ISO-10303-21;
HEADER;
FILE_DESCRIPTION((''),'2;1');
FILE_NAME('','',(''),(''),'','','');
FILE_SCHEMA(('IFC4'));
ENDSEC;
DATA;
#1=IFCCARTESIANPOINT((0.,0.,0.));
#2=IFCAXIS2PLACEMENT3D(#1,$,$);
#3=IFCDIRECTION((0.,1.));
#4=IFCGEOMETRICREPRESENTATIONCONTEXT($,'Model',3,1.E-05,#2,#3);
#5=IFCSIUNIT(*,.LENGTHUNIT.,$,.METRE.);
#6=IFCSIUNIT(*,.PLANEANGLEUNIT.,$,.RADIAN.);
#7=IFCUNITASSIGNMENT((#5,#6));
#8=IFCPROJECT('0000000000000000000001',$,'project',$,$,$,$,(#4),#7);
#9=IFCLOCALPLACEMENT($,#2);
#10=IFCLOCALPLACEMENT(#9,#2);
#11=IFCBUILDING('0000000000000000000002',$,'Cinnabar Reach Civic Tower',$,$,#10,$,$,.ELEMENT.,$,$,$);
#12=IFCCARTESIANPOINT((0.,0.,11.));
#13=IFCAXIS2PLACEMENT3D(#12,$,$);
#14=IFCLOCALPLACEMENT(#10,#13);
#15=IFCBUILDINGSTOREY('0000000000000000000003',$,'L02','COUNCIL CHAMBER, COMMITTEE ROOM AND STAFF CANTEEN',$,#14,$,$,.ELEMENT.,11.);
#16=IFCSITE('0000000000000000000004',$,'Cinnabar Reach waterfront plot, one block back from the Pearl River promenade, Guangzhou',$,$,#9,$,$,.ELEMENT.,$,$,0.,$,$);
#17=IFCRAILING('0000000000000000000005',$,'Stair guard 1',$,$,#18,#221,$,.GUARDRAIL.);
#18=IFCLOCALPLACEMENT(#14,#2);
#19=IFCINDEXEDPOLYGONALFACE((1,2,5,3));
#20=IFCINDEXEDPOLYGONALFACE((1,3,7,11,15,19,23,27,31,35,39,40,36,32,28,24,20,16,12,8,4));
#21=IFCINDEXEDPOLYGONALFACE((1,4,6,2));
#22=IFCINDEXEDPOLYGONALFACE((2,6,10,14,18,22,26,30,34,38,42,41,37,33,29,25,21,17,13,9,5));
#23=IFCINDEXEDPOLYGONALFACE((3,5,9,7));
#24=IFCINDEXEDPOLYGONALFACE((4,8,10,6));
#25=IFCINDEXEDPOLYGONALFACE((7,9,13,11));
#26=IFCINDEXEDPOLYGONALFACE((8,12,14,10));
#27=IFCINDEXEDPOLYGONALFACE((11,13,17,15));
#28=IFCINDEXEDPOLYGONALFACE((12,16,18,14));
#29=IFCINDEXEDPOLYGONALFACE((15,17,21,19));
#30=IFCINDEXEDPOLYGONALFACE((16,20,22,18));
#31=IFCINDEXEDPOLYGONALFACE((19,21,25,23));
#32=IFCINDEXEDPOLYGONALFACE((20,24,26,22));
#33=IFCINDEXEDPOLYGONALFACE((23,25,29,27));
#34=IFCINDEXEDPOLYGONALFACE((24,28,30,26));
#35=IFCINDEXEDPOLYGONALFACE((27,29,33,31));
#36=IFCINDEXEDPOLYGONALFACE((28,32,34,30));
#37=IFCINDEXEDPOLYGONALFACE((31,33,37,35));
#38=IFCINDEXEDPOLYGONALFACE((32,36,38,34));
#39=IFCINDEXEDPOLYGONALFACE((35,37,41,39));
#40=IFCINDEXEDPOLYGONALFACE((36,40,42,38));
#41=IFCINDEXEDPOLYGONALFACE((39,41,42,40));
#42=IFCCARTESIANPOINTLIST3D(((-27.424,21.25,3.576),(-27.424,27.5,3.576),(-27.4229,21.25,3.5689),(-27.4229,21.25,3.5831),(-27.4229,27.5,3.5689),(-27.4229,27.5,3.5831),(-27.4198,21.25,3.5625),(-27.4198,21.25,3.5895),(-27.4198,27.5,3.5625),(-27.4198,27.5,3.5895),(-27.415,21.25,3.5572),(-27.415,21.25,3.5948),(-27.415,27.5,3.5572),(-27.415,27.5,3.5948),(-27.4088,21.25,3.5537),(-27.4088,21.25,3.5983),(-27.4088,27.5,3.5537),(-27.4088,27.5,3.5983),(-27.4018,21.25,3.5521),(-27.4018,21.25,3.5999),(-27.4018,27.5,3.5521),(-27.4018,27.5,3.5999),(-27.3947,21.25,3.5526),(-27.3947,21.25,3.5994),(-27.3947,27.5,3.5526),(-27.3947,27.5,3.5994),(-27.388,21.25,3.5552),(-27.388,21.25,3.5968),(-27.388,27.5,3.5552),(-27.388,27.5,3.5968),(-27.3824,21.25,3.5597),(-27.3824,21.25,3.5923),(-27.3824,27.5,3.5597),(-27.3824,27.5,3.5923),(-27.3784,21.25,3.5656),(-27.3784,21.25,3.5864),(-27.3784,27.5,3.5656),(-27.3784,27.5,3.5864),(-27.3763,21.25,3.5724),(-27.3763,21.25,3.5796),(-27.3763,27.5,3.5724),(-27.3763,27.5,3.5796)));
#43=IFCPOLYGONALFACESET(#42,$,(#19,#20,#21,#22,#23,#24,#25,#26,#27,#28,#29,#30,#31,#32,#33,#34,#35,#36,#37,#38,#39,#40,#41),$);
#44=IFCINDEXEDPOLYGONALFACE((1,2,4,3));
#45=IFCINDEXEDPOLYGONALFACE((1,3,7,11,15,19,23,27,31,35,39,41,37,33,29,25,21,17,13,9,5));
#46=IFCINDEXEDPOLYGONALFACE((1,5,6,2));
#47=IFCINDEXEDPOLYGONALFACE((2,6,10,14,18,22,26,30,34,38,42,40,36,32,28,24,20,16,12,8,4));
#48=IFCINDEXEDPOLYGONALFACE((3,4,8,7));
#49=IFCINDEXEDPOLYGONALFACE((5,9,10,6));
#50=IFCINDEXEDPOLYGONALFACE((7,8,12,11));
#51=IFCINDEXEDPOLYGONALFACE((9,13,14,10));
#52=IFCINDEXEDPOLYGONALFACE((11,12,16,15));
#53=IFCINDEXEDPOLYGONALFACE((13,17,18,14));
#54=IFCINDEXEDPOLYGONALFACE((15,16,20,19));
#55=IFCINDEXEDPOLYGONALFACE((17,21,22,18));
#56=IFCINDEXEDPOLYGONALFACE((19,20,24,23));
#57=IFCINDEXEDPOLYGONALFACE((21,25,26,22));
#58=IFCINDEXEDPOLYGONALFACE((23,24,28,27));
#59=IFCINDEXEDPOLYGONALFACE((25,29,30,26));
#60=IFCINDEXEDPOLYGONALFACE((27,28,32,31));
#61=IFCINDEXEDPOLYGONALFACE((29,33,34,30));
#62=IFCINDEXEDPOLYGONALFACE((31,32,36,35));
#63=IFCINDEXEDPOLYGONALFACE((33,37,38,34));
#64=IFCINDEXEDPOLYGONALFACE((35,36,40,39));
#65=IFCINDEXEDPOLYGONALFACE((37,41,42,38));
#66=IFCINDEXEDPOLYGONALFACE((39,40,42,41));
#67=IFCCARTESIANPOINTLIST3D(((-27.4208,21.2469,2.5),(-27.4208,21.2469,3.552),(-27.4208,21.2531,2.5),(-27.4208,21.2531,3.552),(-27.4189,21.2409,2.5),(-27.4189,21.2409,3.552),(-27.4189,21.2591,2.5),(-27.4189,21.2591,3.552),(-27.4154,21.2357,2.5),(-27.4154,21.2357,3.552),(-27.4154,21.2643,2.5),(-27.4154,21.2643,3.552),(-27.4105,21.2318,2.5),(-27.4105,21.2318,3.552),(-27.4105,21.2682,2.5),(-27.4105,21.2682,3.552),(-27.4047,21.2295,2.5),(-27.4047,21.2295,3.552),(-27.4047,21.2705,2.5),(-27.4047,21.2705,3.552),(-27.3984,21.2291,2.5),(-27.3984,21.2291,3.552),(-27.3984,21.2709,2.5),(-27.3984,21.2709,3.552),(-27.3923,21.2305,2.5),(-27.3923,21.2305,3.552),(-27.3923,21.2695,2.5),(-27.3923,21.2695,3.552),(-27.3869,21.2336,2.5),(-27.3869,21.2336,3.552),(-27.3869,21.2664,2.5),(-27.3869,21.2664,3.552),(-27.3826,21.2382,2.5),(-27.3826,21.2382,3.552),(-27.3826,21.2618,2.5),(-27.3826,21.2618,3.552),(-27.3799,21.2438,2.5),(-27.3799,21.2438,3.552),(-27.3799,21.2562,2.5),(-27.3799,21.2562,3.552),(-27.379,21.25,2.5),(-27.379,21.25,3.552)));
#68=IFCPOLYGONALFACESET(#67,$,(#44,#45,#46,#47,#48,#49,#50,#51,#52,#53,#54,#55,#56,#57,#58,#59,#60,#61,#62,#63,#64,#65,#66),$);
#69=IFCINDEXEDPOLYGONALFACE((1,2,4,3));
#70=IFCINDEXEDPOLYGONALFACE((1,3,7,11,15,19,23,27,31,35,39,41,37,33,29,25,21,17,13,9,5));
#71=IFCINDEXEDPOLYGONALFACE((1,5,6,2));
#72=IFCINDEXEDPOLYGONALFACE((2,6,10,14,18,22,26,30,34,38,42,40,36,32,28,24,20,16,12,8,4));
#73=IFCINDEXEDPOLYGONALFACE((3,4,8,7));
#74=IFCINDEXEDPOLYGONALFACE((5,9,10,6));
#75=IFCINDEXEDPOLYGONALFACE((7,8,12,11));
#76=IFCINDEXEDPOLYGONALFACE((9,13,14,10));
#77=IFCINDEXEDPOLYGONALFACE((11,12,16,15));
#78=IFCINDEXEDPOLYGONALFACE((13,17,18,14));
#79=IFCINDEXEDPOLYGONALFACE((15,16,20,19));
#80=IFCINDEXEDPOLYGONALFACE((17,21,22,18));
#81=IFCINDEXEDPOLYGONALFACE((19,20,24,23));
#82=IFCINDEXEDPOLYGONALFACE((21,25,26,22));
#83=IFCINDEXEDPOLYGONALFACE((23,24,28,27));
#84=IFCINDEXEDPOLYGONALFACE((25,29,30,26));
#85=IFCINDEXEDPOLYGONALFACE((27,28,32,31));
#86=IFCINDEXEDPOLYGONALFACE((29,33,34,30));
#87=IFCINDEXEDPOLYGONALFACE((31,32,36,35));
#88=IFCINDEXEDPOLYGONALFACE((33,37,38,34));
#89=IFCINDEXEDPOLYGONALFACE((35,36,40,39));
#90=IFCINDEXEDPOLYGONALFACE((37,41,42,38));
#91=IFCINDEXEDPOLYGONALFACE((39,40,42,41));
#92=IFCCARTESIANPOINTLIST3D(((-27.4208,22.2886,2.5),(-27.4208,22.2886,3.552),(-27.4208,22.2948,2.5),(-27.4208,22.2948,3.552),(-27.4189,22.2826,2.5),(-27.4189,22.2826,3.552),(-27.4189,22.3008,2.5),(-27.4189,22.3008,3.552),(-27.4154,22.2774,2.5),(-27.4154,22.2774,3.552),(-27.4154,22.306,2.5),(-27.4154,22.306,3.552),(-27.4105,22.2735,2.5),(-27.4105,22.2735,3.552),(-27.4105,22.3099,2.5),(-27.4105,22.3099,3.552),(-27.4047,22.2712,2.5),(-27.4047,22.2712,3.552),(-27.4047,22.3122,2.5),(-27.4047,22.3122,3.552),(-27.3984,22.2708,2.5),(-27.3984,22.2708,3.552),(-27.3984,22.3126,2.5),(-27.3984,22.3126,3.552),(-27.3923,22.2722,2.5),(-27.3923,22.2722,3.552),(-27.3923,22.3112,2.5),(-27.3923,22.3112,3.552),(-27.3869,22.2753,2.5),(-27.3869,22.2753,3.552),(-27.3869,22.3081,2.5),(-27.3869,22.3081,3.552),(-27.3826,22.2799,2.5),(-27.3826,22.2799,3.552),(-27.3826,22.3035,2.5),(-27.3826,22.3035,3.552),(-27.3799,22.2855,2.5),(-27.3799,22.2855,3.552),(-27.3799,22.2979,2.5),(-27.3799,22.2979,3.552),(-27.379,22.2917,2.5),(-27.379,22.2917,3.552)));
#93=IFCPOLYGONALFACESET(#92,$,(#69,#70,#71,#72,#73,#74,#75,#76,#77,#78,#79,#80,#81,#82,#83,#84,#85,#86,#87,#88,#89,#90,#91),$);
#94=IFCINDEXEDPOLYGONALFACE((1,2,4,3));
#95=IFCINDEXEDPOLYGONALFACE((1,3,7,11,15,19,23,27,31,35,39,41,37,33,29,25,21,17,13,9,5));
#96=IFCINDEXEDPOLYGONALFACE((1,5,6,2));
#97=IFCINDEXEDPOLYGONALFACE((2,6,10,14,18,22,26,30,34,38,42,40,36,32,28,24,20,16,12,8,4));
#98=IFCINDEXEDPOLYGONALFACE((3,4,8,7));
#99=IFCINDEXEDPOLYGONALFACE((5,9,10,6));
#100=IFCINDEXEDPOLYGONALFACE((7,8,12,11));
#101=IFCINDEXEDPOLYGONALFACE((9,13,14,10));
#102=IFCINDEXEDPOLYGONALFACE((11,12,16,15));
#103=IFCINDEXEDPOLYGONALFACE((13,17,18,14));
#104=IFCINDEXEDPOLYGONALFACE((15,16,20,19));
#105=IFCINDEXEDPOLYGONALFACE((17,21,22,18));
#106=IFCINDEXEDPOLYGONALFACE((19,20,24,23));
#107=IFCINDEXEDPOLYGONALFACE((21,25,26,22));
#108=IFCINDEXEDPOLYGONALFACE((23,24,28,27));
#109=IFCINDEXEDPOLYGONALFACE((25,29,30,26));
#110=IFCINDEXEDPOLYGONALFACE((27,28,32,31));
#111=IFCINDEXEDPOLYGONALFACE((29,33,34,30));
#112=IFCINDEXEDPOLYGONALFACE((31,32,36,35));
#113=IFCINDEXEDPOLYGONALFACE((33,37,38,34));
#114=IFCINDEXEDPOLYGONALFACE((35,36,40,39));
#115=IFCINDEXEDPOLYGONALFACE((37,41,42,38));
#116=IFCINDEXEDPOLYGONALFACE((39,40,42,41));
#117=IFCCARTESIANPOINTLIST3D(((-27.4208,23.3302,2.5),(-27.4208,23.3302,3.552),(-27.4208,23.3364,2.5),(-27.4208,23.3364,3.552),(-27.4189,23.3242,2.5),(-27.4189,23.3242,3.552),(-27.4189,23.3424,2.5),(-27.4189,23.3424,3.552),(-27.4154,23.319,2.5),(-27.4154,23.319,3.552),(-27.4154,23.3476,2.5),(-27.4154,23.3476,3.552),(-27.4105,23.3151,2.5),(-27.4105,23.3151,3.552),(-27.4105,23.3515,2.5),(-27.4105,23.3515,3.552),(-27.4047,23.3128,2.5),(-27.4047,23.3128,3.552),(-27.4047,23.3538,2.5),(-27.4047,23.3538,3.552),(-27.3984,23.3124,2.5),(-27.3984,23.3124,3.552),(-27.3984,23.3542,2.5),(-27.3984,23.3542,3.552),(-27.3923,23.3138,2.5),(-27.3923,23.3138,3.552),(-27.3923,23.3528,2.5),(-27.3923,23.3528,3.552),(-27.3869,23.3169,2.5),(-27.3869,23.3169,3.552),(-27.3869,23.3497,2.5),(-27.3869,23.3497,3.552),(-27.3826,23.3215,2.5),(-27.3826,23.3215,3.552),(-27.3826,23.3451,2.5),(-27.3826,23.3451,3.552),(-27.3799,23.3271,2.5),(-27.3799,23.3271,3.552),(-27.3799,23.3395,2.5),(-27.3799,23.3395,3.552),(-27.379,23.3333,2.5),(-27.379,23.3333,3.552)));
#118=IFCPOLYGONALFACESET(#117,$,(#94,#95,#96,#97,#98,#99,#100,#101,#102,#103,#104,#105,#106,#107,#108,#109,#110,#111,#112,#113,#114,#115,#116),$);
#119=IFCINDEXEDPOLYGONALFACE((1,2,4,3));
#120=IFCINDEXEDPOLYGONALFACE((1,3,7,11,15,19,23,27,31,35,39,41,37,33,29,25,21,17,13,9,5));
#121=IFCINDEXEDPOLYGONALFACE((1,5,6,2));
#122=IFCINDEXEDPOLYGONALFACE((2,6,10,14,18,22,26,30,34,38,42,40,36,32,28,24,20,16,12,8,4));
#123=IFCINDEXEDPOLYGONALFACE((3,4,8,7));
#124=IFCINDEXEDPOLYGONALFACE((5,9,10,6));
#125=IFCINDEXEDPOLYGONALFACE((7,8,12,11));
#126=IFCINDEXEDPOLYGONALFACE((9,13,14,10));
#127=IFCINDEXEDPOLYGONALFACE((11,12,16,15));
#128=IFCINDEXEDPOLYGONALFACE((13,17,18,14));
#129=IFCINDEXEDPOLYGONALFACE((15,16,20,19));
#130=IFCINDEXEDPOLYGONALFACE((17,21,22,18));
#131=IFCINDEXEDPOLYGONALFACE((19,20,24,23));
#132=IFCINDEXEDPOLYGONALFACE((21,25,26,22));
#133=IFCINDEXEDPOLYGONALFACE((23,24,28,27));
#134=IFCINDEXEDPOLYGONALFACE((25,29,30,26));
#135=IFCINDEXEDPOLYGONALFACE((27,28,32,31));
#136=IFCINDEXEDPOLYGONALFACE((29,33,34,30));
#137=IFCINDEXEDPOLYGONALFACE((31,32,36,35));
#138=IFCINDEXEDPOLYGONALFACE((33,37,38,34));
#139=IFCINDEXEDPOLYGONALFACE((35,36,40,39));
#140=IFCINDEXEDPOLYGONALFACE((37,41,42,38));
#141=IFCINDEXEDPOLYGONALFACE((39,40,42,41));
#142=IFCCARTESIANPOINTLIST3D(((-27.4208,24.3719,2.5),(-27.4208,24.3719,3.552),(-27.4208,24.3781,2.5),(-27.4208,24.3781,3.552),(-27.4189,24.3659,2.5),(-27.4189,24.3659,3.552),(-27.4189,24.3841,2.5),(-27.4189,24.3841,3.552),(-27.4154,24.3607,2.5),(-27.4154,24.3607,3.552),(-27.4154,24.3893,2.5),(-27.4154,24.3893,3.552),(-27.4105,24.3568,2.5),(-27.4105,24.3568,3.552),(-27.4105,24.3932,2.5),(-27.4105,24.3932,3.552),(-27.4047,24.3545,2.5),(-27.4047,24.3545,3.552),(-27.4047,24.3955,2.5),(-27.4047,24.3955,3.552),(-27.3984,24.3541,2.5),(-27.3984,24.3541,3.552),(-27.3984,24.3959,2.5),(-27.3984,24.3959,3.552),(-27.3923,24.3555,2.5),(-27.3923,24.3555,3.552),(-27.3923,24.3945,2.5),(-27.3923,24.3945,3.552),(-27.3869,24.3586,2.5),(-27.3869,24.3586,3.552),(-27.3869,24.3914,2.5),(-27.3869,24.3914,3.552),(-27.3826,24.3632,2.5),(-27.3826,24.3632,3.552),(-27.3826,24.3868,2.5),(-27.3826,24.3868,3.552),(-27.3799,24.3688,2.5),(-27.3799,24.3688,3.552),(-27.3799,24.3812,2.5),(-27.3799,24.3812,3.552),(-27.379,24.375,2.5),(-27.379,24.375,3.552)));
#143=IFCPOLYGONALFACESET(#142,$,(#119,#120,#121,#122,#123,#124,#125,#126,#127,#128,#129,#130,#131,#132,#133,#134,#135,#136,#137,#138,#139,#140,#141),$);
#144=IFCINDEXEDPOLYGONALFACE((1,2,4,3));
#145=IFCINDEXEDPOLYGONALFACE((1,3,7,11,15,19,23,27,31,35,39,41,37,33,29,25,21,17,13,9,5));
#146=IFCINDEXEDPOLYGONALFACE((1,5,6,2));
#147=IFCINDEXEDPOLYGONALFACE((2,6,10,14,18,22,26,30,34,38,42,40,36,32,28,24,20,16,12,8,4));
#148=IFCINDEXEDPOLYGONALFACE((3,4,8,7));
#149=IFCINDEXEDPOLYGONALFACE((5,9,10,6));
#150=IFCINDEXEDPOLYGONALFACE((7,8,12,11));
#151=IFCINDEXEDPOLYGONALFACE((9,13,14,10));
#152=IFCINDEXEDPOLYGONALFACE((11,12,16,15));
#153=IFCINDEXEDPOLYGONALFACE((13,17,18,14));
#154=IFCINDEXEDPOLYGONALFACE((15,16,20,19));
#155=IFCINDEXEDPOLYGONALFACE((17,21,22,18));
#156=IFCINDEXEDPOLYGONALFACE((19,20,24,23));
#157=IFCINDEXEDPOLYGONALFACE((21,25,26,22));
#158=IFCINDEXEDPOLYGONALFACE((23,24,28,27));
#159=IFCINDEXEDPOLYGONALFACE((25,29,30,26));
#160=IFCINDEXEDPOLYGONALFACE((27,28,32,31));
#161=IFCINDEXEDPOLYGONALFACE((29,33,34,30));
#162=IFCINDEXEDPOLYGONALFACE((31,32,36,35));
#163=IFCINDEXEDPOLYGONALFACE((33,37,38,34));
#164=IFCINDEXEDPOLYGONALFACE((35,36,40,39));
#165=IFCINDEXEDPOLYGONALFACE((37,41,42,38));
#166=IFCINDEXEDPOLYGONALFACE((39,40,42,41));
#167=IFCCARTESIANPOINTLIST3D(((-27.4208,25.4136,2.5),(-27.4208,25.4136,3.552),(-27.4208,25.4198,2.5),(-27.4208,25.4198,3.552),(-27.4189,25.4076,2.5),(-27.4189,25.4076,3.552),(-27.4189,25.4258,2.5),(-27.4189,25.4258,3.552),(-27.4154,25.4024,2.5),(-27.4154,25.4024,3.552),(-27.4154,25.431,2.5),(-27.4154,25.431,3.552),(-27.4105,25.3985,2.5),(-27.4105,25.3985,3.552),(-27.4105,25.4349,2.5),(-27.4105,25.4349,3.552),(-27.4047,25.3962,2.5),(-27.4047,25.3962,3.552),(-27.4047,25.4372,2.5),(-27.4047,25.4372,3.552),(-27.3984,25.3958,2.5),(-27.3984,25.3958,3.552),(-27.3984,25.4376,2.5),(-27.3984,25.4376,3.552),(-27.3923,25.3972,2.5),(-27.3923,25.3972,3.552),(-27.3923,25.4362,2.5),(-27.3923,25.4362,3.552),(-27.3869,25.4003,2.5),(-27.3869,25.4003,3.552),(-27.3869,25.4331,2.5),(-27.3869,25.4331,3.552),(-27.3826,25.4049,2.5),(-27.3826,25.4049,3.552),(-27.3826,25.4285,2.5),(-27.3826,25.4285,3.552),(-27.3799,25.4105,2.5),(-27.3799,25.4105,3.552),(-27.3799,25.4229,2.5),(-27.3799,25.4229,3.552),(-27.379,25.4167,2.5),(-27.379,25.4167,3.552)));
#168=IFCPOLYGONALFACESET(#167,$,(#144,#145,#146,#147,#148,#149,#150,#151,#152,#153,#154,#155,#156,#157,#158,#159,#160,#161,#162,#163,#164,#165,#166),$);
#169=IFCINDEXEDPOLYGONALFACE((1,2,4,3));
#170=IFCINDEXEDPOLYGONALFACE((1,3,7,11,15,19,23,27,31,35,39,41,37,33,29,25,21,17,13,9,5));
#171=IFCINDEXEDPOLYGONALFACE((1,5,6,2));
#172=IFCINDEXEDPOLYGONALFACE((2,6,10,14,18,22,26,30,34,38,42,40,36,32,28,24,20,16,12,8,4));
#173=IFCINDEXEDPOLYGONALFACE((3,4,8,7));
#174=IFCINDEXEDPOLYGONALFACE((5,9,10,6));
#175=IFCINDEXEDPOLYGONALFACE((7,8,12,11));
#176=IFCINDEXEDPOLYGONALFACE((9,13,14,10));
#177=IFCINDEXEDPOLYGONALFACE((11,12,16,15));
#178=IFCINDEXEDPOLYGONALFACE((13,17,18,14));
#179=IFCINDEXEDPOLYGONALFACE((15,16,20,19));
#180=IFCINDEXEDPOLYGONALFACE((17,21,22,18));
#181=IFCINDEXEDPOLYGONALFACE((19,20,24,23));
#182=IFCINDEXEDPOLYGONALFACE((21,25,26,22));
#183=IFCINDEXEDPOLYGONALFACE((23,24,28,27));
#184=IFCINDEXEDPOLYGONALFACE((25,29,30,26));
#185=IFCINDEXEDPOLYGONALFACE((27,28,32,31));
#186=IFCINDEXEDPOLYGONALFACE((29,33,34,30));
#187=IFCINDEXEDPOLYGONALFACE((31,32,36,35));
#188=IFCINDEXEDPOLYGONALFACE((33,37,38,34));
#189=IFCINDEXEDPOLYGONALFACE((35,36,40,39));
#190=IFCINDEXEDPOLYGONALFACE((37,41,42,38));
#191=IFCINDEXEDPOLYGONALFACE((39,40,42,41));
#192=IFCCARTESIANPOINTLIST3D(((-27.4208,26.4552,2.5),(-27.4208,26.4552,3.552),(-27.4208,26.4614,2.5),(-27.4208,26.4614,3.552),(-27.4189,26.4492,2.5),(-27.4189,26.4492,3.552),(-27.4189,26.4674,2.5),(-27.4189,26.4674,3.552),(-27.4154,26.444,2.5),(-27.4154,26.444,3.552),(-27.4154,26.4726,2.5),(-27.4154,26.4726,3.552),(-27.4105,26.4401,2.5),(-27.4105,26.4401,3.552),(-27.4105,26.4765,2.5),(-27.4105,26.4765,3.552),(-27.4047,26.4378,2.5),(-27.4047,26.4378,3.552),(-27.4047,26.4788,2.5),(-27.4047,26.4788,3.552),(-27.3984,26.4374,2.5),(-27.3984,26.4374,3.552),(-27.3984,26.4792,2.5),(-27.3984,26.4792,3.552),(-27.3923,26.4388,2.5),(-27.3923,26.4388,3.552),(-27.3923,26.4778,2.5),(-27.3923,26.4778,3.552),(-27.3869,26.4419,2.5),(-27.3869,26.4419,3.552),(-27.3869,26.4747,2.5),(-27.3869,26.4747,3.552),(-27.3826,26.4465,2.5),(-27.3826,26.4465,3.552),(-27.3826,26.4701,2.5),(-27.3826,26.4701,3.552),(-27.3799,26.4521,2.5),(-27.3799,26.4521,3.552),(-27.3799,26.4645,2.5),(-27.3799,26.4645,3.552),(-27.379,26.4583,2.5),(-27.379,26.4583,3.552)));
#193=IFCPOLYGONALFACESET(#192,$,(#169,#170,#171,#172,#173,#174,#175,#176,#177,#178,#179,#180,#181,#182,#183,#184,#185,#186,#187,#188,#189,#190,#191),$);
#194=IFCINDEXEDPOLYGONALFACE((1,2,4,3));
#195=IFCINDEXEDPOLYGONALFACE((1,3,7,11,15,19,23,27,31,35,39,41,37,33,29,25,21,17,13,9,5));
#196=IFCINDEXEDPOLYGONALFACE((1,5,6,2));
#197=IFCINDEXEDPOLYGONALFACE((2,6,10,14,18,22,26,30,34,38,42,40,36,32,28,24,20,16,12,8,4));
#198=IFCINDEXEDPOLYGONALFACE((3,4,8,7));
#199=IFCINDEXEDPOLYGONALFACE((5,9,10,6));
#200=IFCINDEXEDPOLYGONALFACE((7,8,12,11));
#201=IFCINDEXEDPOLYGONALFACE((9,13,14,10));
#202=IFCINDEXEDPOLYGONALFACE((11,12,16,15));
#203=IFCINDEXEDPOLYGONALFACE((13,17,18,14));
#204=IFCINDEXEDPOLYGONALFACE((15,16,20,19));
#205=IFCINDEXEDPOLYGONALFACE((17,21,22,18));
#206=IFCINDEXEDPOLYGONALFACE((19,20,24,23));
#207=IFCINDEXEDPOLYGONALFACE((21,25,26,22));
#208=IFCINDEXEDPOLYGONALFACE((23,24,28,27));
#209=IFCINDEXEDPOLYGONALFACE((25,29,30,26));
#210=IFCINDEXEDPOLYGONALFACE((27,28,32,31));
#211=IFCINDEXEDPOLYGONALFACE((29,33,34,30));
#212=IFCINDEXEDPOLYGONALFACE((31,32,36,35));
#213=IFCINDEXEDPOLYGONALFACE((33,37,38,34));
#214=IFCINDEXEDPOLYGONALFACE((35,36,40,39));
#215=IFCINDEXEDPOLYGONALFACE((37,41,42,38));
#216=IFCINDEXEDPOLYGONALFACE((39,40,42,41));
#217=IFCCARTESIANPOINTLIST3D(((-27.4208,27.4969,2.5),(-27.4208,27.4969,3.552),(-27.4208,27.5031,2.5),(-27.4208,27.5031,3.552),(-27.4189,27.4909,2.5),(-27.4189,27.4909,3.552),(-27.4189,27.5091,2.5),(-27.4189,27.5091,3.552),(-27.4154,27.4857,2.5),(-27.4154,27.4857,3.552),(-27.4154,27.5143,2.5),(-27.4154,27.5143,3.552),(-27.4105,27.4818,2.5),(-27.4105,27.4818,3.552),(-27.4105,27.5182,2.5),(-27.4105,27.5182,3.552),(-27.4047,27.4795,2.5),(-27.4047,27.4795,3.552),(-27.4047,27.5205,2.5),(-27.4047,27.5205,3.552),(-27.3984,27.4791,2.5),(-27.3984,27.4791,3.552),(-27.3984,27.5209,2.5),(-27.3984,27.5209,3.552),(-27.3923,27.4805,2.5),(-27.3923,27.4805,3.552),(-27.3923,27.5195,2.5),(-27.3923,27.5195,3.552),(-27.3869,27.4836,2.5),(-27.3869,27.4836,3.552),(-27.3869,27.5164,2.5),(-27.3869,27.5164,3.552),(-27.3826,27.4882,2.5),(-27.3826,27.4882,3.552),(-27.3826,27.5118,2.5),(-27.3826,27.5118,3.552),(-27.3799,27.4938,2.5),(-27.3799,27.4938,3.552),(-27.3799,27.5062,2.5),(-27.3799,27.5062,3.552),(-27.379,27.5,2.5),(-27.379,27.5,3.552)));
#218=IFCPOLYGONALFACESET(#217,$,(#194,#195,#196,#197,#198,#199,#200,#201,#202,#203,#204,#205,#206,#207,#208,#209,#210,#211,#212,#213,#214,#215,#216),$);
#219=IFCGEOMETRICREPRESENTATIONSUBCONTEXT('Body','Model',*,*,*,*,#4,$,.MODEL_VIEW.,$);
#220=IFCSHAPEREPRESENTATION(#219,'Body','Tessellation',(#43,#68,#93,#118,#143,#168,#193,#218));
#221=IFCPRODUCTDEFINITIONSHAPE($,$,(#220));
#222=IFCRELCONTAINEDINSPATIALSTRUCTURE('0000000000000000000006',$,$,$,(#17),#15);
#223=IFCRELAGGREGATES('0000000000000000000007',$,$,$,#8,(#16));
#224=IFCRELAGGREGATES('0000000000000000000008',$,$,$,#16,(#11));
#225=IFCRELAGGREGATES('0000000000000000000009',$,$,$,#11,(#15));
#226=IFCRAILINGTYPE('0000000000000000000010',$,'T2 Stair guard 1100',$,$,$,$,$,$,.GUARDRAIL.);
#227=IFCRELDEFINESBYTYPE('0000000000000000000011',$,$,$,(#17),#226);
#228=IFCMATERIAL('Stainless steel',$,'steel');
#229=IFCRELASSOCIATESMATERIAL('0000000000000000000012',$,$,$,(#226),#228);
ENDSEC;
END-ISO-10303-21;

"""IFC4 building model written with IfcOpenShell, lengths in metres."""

from ifc_helpers import new_model, si_unit, direction, frame, origin, origin_2d, place, context, subcontext, project, spatial, circle, extrude, material, type_object, element, save


model = new_model("IFC4")

# Units and contexts
model_context = context("Model", 3, precision=1e-05, world=origin(), true_north=direction((0.0, 1.0)))
body_context = subcontext(model_context, "Body", "Model", "MODEL_VIEW")
ifc_project = project(units=[si_unit("LENGTHUNIT", "METRE"), si_unit("PLANEANGLEUNIT", "RADIAN")], contexts=[model_context])

# Site, building, storey
site_placement = place(None, origin())
site = spatial("IfcSite", under=ifc_project, at=site_placement, Name="Cinnabar Reach waterfront plot, one block back from the Pearl River promenade, Guangzhou", CompositionType="ELEMENT", RefElevation=0.0)
building_placement = place(site_placement, origin())
building = spatial("IfcBuilding", under=site, at=building_placement, Name="Cinnabar Reach Civic Tower", CompositionType="ELEMENT")
storey_placement = place(building_placement, frame((0.0, 0.0, 11.0)))
storey = spatial("IfcBuildingStorey", under=building, at=storey_placement, Name="L02", Description="COUNCIL CHAMBER, COMMITTEE ROOM AND STAFF CANTEEN", CompositionType="ELEMENT", Elevation=11.0)

# Railing
ifc_material_1 = material(Name="Stainless steel", Category="steel")
railing_type = type_object("IfcRailingType", Name="T2 Stair guard 1100", PredefinedType="GUARDRAIL", material=ifc_material_1)
for number, where, name in (
    (1, (-27.4, 21.25, 2.5), "Stair guard 1"),
):
    element("IfcRailing", number, at=place(storey_placement, frame(where)), inside=storey, type_object=railing_type, Name=name, PredefinedType="GUARDRAIL", context=body_context, shape_type="SweptSolid", body=[
        extrude(circle(Radius=0.024, at=origin_2d()), frame((0.0, 0.0, 1.076), z_axis=(0.0, 1.0, 0.0), x_axis=(-1.0, 0.0, 0.0)), (0.0, 0.0, 1.0), 6.25),
        extrude(circle(Radius=0.021, at=origin_2d()), origin(), (0.0, 0.0, 1.0), 1.052),
        extrude(circle(Radius=0.021, at=origin_2d()), frame((0.0, 1.0417, 0.0)), (0.0, 0.0, 1.0), 1.052),
        extrude(circle(Radius=0.021, at=origin_2d()), frame((0.0, 2.0833, 0.0)), (0.0, 0.0, 1.0), 1.052),
        extrude(circle(Radius=0.021, at=origin_2d()), frame((0.0, 3.125, 0.0)), (0.0, 0.0, 1.0), 1.052),
        extrude(circle(Radius=0.021, at=origin_2d()), frame((0.0, 4.1667, 0.0)), (0.0, 0.0, 1.0), 1.052),
        extrude(circle(Radius=0.021, at=origin_2d()), frame((0.0, 5.2083, 0.0)), (0.0, 0.0, 1.0), 1.052),
        extrude(circle(Radius=0.021, at=origin_2d()), frame((0.0, 6.25, 0.0)), (0.0, 0.0, 1.0), 1.052),
    ])

save(model, "model.ifc")
